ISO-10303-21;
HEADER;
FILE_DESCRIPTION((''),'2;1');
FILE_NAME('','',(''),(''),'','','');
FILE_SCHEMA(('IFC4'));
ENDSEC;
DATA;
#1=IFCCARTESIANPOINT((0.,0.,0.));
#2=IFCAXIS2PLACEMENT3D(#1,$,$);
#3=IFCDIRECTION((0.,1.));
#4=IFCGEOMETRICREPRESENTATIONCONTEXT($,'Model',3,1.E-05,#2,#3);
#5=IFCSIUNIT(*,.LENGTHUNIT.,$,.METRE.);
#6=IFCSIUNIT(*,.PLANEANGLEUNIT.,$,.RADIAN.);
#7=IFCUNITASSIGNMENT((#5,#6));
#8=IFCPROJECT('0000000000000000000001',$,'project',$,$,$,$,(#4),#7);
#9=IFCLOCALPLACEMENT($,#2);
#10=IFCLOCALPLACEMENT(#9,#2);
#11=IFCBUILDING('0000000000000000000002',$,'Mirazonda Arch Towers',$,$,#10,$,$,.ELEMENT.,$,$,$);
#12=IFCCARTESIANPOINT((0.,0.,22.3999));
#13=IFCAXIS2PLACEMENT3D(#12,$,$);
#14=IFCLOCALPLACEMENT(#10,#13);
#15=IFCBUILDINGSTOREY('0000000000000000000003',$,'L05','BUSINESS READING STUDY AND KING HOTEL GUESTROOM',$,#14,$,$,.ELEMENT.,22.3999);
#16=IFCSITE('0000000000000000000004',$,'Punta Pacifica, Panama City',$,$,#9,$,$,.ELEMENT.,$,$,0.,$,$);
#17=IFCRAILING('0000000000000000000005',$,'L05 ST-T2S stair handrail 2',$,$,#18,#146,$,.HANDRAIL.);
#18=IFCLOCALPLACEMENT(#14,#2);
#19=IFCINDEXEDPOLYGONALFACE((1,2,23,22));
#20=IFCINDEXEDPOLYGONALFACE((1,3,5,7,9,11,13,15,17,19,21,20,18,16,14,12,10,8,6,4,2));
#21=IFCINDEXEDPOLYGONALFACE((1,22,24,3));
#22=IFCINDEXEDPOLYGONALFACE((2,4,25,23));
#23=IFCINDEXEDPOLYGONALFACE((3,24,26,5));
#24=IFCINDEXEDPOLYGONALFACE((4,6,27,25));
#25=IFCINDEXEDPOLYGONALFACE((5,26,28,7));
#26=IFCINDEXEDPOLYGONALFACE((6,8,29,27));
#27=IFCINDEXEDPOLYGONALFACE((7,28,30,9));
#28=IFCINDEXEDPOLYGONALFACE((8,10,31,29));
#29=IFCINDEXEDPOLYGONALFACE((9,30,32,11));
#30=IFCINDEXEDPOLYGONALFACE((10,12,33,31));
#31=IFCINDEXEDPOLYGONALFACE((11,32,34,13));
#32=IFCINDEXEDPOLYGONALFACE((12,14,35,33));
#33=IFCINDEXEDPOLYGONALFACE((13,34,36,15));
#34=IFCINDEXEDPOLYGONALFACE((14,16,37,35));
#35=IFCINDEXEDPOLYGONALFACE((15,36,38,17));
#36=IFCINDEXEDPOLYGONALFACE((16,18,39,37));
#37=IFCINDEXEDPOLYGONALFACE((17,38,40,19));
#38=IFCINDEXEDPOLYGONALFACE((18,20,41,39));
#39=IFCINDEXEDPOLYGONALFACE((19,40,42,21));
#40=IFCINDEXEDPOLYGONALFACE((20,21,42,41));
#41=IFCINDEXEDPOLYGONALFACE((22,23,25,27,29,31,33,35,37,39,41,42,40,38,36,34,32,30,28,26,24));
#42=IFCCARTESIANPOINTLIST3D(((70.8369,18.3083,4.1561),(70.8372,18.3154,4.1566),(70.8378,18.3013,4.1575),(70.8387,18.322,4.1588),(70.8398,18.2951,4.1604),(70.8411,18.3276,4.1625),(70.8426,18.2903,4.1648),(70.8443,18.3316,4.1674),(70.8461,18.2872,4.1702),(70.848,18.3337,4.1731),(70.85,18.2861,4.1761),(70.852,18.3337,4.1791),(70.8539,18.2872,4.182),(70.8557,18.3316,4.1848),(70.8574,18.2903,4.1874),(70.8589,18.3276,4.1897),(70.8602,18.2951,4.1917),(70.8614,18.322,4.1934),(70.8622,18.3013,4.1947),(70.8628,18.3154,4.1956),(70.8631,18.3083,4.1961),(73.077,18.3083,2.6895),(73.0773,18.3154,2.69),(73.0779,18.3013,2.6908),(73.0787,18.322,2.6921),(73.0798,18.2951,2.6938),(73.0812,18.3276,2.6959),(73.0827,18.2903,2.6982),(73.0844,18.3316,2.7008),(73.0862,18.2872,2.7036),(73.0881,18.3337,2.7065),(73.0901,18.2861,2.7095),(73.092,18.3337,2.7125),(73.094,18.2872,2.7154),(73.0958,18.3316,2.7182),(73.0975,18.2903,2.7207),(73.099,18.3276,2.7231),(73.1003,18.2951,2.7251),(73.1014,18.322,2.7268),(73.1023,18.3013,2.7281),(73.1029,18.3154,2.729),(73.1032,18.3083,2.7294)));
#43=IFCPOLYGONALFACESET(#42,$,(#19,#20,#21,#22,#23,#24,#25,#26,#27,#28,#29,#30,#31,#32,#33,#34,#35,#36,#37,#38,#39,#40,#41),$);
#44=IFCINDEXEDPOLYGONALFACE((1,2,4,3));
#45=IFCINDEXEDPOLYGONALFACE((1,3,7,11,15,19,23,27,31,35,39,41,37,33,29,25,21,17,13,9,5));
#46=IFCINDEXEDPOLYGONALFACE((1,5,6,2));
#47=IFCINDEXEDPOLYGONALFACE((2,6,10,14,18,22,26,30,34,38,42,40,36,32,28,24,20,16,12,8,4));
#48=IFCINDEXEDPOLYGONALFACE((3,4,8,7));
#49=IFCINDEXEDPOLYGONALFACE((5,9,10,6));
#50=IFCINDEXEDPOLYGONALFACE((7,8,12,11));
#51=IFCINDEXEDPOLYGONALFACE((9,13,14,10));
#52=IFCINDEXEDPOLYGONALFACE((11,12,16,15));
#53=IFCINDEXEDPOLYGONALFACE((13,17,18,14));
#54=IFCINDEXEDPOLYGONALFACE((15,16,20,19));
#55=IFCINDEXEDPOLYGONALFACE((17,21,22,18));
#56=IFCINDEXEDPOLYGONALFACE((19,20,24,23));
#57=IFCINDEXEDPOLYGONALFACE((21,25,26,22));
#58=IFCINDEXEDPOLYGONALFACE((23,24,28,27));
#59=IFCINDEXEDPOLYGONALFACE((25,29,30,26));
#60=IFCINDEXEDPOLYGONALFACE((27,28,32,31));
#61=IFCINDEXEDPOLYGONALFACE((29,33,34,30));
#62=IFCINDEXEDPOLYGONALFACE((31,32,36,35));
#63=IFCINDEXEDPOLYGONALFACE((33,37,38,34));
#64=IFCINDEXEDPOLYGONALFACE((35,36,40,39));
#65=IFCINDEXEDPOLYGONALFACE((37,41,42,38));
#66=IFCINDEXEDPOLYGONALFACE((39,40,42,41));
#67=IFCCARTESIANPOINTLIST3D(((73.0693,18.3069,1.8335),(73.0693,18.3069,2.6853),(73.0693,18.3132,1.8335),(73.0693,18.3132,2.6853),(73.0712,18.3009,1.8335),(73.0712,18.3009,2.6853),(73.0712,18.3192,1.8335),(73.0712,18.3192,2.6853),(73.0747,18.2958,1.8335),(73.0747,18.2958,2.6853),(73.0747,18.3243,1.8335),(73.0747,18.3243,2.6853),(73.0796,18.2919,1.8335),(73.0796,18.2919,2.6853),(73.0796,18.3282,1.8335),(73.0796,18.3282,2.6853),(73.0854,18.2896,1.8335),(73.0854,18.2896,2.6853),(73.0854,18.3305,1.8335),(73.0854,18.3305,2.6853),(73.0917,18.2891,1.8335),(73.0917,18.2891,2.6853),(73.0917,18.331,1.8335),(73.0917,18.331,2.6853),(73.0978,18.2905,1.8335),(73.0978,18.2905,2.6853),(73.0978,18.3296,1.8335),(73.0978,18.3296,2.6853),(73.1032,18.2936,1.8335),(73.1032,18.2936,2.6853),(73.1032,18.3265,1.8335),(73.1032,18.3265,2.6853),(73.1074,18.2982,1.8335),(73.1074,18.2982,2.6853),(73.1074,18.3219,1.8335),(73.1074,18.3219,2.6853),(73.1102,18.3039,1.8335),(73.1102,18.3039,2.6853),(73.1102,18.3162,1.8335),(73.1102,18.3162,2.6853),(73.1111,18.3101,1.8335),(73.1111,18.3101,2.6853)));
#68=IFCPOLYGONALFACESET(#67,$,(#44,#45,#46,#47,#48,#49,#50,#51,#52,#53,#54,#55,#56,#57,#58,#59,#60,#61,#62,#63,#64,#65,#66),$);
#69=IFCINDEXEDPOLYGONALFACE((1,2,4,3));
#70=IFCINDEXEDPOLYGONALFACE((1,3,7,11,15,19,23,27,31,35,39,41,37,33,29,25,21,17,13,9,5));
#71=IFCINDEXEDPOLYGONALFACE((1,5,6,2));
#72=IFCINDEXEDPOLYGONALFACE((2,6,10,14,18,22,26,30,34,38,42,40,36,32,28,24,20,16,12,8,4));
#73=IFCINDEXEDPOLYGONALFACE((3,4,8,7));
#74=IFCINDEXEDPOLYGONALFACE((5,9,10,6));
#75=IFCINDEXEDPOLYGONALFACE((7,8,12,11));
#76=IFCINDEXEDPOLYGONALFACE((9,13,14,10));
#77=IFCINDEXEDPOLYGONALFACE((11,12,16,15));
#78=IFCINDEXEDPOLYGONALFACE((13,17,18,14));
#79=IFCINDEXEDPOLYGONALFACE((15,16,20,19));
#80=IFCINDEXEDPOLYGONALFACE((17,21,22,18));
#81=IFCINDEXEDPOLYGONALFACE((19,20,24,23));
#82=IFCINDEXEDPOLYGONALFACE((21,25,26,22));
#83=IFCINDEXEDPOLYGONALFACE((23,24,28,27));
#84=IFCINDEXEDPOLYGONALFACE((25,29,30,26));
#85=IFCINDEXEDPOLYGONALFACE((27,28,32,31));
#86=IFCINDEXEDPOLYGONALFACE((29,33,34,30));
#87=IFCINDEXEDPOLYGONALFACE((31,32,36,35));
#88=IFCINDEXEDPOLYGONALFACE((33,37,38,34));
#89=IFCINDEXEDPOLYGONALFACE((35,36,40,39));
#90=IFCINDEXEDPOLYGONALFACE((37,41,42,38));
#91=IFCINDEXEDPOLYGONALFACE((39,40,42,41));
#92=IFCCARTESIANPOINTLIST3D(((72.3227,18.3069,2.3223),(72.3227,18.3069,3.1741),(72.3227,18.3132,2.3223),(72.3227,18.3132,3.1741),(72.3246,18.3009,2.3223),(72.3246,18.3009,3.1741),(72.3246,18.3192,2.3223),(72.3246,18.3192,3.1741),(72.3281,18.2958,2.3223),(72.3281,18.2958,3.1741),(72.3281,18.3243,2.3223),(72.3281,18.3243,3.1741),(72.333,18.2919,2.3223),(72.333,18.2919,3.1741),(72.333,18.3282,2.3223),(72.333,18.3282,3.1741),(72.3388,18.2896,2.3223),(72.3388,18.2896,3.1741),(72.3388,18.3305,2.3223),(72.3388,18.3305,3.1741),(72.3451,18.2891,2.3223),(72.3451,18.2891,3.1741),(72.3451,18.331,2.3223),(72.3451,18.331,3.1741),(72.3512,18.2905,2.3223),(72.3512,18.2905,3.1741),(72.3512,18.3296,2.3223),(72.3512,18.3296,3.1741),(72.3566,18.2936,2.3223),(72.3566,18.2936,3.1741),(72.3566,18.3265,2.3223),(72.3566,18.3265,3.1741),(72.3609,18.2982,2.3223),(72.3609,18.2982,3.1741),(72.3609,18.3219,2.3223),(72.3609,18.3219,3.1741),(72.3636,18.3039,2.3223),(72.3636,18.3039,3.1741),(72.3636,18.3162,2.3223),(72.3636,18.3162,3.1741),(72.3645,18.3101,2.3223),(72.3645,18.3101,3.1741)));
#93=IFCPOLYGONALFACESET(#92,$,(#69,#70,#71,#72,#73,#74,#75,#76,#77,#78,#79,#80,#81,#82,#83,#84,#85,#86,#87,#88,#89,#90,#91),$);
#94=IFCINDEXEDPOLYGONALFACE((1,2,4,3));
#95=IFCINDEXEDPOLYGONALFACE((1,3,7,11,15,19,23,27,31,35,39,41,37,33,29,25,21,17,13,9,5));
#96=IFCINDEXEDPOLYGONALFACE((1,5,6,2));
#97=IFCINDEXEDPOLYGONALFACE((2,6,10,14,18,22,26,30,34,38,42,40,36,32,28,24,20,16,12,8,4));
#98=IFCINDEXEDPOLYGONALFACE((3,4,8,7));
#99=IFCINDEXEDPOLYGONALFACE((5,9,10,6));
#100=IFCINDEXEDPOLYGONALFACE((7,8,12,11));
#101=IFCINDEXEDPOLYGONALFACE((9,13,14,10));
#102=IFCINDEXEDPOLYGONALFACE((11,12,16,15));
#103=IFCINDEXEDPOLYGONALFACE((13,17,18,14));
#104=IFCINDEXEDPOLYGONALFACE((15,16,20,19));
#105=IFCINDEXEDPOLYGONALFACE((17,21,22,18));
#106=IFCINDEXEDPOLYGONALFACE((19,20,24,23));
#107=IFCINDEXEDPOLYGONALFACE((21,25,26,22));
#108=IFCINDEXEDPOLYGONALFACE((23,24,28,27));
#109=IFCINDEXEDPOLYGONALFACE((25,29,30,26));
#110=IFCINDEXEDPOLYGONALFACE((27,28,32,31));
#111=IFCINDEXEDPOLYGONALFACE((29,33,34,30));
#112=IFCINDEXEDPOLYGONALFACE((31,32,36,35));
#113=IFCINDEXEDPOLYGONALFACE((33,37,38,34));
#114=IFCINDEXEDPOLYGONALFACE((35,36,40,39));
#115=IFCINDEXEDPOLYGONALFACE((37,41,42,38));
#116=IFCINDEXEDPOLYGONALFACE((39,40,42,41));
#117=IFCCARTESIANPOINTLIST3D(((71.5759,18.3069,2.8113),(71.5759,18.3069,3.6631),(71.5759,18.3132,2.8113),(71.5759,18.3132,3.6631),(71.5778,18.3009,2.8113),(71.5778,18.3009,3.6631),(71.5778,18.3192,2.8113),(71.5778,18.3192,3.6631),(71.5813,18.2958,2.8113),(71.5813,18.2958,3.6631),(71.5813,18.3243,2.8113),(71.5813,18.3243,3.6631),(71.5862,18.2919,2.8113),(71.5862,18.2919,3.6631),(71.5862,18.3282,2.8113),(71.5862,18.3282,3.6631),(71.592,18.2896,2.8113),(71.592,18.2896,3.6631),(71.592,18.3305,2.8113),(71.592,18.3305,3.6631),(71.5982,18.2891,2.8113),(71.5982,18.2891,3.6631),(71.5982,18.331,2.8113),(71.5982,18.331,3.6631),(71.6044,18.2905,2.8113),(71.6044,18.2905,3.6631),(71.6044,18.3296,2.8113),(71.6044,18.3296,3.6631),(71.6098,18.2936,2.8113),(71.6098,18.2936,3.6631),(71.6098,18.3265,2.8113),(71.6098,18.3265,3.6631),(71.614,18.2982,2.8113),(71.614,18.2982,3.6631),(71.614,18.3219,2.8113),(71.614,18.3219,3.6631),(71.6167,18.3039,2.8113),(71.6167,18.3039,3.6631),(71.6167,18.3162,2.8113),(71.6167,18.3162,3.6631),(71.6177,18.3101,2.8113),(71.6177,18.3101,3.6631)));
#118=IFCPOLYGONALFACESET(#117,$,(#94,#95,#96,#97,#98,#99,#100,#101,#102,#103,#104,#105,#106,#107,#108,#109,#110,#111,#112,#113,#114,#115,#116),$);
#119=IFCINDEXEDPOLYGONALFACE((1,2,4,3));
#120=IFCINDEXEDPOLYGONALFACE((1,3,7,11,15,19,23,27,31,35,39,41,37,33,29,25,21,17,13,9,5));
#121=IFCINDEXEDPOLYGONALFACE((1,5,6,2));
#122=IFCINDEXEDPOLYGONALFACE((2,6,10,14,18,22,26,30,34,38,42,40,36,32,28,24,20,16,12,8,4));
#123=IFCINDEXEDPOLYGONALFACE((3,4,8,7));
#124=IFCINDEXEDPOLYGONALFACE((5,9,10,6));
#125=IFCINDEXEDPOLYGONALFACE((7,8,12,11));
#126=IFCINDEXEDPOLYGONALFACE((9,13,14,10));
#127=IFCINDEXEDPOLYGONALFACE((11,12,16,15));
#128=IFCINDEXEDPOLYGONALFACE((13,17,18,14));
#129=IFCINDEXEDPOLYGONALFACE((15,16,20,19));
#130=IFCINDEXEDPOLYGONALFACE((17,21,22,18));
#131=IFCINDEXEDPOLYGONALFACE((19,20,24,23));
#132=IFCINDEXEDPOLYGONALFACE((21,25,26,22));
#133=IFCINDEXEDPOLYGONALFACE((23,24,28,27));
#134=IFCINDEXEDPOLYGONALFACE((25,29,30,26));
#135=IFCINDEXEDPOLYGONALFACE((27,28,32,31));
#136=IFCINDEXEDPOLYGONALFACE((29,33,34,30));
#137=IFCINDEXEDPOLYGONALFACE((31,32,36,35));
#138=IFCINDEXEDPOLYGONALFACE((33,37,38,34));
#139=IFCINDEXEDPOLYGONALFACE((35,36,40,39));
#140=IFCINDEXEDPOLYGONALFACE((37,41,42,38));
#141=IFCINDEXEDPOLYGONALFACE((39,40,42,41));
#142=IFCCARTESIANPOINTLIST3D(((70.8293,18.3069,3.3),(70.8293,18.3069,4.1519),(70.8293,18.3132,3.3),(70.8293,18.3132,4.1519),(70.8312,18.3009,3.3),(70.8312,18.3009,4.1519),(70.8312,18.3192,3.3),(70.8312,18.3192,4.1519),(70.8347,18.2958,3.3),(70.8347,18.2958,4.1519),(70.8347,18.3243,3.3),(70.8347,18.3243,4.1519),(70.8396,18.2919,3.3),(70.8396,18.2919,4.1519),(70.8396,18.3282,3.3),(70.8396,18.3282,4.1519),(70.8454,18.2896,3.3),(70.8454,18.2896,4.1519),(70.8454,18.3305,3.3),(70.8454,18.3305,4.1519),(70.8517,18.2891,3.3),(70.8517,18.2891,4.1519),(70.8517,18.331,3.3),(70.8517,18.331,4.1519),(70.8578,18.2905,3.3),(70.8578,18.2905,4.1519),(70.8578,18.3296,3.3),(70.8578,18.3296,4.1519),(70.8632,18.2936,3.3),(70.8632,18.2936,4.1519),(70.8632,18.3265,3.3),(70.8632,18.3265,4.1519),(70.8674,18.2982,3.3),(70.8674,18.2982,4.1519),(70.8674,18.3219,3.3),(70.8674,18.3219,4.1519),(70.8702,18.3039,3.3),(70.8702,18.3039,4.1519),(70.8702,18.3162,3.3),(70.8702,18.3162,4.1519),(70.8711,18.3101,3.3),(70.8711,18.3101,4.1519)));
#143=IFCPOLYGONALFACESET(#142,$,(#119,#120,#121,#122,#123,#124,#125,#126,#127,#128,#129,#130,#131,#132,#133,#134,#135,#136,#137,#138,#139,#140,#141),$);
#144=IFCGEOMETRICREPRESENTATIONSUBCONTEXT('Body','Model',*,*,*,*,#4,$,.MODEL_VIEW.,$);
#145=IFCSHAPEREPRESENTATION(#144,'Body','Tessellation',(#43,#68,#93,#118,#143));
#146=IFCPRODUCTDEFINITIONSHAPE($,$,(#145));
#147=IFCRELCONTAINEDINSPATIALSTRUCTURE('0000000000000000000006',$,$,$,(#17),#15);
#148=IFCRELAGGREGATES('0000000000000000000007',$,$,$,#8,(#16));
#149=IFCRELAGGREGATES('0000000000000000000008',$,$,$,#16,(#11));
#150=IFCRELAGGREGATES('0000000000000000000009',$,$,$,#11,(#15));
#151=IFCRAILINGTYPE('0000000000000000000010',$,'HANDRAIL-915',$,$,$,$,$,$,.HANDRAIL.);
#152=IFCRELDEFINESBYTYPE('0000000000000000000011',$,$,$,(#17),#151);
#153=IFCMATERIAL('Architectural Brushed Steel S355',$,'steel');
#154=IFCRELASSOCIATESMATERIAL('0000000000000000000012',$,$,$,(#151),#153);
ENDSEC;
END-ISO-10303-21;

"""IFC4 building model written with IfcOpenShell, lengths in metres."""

from ifc_helpers import new_model, si_unit, direction, frame, origin, origin_2d, place, context, subcontext, project, spatial, circle, extrude, material, type_object, element, save


model = new_model("IFC4")

# Units and contexts
model_context = context("Model", 3, precision=1e-05, world=origin(), true_north=direction((0.0, 1.0)))
body_context = subcontext(model_context, "Body", "Model", "MODEL_VIEW")
ifc_project = project(units=[si_unit("LENGTHUNIT", "METRE"), si_unit("PLANEANGLEUNIT", "RADIAN")], contexts=[model_context])

# Site, building, storey
site_placement = place(None, origin())
site = spatial("IfcSite", under=ifc_project, at=site_placement, Name="Punta Pacifica, Panama City", CompositionType="ELEMENT", RefElevation=0.0)
building_placement = place(site_placement, origin())
building = spatial("IfcBuilding", under=site, at=building_placement, Name="Mirazonda Arch Towers", CompositionType="ELEMENT")
storey_placement = place(building_placement, frame((0.0, 0.0, 22.3999)))
storey = spatial("IfcBuildingStorey", under=building, at=storey_placement, Name="L05", Description="BUSINESS READING STUDY AND KING HOTEL GUESTROOM", CompositionType="ELEMENT", Elevation=22.3999)

# Shared definitions
ifc_material_1 = material(Name="Architectural Brushed Steel S355", Category="steel")

# Railing
railing_type_1 = type_object("IfcRailingType", Name="HANDRAIL-915", PredefinedType="HANDRAIL", material=ifc_material_1)
railing_1_placement = place(storey_placement, frame((73.0901, 18.3101, 1.8335)))
element("IfcRailing", 1, at=railing_1_placement, inside=storey, type_object=railing_type_1, Name="L05 ST-T2S stair handrail 2", PredefinedType="HANDRAIL", context=body_context, shape_type="SweptSolid", body=[
    extrude(circle(Radius=0.0239, at=origin_2d()), frame((0.0, 0.0, 0.876), z_axis=(-0.836637, 0.0, 0.547758), x_axis=(0.0, -1.0, 0.0)), (0.0, 0.0, 1.0), 2.6775),
    extrude(circle(Radius=0.021, at=origin_2d()), origin(), (0.0, 0.0, 1.0), 0.8518),
    extrude(circle(Radius=0.021, at=origin_2d()), frame((-0.7466, 0.0, 0.4888)), (0.0, 0.0, 1.0), 0.8518),
    extrude(circle(Radius=0.021, at=origin_2d()), frame((-1.4934, 0.0, 0.9778)), (0.0, 0.0, 1.0), 0.8518),
    extrude(circle(Radius=0.021, at=origin_2d()), frame((-2.24, 0.0, 1.4666)), (0.0, 0.0, 1.0), 0.8518),
])

save(model, "model.ifc")
